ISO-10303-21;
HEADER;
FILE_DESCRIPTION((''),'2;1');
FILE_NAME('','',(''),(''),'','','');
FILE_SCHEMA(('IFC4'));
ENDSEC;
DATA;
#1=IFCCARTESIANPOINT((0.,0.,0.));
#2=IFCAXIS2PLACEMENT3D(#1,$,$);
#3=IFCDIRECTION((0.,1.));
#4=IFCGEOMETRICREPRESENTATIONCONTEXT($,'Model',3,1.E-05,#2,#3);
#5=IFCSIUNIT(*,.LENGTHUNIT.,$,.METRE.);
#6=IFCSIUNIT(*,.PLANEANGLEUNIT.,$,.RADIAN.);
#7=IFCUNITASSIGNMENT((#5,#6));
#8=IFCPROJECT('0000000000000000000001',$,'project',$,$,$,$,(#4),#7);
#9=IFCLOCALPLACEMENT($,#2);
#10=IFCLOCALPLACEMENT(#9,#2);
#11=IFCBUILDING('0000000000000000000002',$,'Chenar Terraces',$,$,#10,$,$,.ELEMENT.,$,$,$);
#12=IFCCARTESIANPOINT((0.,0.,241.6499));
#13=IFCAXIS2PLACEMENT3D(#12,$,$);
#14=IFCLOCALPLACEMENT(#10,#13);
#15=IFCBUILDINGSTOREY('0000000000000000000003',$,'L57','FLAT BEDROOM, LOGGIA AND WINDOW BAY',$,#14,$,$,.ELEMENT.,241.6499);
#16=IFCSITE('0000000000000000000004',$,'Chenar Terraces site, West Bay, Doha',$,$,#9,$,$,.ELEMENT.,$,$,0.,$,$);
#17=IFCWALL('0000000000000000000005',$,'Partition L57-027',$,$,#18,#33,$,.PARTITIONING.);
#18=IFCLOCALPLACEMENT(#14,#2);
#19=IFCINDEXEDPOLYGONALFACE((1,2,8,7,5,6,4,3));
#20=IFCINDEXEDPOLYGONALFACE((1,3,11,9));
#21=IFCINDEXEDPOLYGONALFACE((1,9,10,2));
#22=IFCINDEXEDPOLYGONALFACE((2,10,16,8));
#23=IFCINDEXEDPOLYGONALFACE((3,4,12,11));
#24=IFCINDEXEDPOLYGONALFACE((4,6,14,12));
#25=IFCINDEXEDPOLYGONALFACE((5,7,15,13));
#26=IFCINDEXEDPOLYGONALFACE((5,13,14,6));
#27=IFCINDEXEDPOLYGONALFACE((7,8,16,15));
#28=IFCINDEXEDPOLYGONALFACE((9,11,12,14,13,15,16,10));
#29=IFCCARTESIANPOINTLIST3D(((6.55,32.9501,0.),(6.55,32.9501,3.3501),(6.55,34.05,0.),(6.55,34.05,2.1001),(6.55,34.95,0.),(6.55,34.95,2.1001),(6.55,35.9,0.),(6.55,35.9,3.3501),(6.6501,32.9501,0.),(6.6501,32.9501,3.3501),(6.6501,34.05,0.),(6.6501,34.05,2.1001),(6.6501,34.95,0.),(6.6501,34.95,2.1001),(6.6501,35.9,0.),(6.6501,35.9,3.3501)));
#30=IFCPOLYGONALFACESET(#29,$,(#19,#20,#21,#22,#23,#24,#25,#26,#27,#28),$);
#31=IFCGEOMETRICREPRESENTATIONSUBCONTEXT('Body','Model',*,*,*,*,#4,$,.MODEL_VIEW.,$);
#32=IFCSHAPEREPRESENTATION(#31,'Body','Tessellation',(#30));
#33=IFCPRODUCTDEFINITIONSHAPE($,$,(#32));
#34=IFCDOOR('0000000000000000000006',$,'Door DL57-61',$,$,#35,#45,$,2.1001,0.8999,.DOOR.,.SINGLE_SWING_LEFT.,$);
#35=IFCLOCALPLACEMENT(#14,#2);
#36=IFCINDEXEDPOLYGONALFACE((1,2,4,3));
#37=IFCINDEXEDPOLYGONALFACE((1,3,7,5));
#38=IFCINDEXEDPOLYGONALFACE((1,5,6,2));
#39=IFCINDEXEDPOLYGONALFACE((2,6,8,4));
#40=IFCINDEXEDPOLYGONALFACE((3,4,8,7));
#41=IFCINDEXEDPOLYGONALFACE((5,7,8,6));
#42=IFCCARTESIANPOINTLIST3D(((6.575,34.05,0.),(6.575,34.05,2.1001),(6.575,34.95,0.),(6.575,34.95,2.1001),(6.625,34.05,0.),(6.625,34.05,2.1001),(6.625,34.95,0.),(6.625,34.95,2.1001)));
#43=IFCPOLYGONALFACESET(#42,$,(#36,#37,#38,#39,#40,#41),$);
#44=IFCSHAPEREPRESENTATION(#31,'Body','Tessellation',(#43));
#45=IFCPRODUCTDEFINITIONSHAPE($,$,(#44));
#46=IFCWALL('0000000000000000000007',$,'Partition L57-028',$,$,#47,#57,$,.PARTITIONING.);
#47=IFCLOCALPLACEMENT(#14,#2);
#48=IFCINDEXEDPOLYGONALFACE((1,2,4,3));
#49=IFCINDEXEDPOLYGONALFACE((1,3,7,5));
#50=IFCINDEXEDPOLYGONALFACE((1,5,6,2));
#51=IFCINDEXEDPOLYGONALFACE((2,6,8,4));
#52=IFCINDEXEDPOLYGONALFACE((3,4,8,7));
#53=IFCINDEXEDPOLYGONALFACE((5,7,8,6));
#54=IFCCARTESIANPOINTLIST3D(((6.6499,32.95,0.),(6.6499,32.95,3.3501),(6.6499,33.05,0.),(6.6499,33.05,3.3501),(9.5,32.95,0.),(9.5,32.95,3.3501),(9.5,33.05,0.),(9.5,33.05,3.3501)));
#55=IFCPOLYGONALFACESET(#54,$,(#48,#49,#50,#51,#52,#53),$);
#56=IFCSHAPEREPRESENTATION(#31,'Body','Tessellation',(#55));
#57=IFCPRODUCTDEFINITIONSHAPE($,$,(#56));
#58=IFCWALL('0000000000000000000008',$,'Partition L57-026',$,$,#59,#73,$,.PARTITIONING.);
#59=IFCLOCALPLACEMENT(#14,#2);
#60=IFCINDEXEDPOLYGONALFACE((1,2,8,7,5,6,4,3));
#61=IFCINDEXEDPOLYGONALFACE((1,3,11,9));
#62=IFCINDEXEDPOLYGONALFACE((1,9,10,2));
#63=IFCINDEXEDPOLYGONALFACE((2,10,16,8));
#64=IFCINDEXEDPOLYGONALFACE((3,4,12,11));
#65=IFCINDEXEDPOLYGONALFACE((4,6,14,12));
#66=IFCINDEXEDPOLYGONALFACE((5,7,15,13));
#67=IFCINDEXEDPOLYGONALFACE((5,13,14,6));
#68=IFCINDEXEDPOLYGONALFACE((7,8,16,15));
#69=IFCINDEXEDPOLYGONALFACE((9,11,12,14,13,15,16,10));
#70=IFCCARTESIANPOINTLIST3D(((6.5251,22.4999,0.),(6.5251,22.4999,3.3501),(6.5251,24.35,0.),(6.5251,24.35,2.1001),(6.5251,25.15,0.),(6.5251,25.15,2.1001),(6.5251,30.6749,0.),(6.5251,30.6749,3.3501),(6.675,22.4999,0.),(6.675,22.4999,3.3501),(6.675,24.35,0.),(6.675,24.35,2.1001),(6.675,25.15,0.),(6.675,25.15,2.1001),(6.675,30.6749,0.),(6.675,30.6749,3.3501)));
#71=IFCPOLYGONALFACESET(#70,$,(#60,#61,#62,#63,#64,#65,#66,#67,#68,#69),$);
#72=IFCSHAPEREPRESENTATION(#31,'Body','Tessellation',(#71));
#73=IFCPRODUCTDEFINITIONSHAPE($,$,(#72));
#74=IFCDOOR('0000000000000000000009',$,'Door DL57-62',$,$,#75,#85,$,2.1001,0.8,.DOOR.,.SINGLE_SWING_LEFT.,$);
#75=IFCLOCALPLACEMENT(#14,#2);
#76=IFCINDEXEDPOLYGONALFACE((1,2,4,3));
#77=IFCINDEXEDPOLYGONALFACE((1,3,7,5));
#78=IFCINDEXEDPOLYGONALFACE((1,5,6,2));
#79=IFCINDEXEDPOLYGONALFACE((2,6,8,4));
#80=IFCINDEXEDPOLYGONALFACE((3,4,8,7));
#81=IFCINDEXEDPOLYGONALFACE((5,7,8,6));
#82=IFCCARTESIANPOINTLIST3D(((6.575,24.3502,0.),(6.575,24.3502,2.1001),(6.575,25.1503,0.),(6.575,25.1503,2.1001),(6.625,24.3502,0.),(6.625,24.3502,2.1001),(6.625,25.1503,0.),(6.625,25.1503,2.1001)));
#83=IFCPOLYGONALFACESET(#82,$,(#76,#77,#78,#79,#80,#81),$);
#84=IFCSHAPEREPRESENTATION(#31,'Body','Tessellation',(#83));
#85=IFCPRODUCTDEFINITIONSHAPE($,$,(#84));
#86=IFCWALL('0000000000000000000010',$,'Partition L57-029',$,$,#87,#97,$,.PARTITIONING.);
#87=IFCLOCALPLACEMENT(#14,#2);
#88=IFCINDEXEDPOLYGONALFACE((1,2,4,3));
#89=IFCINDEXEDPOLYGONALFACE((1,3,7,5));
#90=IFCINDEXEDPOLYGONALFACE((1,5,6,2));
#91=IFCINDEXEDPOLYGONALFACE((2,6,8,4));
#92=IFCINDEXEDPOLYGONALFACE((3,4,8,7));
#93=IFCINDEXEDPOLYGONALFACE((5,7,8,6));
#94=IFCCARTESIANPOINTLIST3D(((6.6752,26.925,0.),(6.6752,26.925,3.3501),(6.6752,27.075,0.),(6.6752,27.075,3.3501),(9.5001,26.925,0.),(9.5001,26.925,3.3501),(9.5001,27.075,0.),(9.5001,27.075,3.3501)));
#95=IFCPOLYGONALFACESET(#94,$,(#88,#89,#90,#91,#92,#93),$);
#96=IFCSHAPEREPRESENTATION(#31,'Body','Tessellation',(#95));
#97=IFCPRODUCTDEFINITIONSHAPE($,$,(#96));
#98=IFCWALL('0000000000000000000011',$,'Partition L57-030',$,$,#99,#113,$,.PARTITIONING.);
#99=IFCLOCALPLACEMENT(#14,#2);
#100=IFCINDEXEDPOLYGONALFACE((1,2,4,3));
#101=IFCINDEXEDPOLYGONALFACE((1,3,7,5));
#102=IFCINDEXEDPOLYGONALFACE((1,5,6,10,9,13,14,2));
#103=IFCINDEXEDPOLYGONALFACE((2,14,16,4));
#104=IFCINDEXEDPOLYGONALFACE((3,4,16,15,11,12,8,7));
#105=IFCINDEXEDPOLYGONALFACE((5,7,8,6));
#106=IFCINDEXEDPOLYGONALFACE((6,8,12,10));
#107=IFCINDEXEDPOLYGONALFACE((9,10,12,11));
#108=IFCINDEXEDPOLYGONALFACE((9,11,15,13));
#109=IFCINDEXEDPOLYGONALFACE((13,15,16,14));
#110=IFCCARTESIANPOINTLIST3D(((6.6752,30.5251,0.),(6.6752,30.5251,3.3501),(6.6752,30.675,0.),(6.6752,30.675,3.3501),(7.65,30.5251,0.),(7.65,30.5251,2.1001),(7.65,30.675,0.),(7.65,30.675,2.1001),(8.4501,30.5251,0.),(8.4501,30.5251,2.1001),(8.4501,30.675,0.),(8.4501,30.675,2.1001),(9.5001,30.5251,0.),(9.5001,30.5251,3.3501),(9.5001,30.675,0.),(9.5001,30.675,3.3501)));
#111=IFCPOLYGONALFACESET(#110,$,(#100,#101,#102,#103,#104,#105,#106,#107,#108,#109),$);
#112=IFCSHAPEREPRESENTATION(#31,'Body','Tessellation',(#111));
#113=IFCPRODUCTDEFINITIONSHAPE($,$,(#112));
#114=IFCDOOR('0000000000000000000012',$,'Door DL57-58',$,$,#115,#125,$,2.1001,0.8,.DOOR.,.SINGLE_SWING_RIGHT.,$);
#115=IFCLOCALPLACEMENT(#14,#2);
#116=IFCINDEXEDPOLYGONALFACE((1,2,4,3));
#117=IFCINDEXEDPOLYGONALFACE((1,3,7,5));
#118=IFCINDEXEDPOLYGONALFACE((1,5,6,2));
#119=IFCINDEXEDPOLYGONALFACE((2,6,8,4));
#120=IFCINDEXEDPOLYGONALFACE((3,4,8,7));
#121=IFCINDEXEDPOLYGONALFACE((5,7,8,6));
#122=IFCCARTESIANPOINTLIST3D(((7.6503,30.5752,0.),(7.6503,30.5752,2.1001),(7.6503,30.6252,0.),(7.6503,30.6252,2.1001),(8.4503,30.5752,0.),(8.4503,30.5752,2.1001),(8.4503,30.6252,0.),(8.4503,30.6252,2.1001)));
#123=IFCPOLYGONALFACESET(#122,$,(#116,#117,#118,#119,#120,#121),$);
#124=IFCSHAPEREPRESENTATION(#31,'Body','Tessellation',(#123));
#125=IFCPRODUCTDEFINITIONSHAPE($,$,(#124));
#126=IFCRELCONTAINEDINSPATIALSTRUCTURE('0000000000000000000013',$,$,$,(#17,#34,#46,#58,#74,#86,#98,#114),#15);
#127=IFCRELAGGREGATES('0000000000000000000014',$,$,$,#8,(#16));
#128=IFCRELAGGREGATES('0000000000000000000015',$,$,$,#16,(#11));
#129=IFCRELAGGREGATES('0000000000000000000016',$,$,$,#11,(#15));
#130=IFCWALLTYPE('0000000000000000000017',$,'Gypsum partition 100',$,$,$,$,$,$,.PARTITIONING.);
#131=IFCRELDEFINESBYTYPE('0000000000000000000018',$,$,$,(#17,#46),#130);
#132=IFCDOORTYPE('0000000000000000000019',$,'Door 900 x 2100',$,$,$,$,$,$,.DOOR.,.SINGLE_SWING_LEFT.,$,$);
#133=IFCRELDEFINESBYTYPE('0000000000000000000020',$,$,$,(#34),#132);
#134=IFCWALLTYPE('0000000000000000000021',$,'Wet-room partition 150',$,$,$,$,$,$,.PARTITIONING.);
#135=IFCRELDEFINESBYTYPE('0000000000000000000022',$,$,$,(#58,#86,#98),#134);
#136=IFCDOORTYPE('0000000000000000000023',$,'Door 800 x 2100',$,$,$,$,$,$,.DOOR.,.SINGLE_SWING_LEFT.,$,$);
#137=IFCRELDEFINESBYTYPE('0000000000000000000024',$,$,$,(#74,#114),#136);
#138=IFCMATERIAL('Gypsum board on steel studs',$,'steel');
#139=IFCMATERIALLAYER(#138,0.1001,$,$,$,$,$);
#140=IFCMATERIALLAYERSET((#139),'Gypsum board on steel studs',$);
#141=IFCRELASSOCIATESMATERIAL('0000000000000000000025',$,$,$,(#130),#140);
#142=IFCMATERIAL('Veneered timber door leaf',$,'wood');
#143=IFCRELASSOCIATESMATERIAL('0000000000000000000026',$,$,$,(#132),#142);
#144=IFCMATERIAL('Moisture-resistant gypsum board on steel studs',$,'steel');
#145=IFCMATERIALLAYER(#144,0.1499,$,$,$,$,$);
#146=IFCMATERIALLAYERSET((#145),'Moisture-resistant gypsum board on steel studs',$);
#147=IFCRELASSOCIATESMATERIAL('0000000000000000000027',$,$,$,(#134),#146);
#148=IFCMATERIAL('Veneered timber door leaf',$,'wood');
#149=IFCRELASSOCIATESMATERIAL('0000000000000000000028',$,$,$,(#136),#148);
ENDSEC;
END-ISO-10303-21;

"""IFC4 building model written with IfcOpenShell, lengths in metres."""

from ifc_helpers import new_model, si_unit, direction, frame, frame_2d, origin, place, context, subcontext, project, spatial, rectangle, extrude, material, layer, layer_set, type_object, element, fill, save


model = new_model("IFC4")

# Units and contexts
model_context = context("Model", 3, precision=1e-05, world=origin(), true_north=direction((0.0, 1.0)))
body_context = subcontext(model_context, "Body", "Model", "MODEL_VIEW")
ifc_project = project(units=[si_unit("LENGTHUNIT", "METRE"), si_unit("PLANEANGLEUNIT", "RADIAN")], contexts=[model_context])

# Site, building, storey
site_placement = place(None, origin())
site = spatial("IfcSite", under=ifc_project, at=site_placement, Name="Chenar Terraces site, West Bay, Doha", CompositionType="ELEMENT", RefElevation=0.0)
building_placement = place(site_placement, origin())
building = spatial("IfcBuilding", under=site, at=building_placement, Name="Chenar Terraces", CompositionType="ELEMENT")
storey_placement = place(building_placement, frame((0.0, 0.0, 241.6499)))
storey = spatial("IfcBuildingStorey", under=building, at=storey_placement, Name="L57", Description="FLAT BEDROOM, LOGGIA AND WINDOW BAY", CompositionType="ELEMENT", Elevation=241.6499)

# Shared definitions
ifc_material_1 = material(Name="Gypsum board on steel studs", Category="steel")
ifc_layer_1 = layer(ifc_material_1, 0.1001)
ifc_layer_set_1 = layer_set([ifc_layer_1], Name="Gypsum board on steel studs")
wall_type_1 = type_object("IfcWallType", Name="Gypsum partition 100", PredefinedType="PARTITIONING", material=ifc_layer_set_1)
ifc_material_2 = material(Name="Veneered timber door leaf", Category="wood")
door_type_1 = type_object("IfcDoorType", Name="Door 900 x 2100", OperationType="SINGLE_SWING_LEFT", PredefinedType="DOOR", material=ifc_material_2)

# Wall, opening, door
wall_1_placement = place(storey_placement, frame((6.6001, 32.95, 0.0), z_axis=(0.0, 0.0, 1.0), x_axis=(0.0, 1.0, 0.0)))
wall_1 = element("IfcWall", 1, at=wall_1_placement, inside=storey, type_object=wall_type_1, Name="Partition L57-027", PredefinedType="PARTITIONING", context=body_context, shape_type="SweptSolid", body=[
    extrude(rectangle(XDim=2.95, YDim=0.1001, at=frame_2d((1.4751, 0.0))), origin(), (0.0, 0.0, 1.0), 3.3501),
])
opening_1_placement = place(wall_1_placement, frame((1.1001, 0.0, 0.0)))
opening_1 = element("IfcOpeningElement", 2, at=opening_1_placement, cuts=wall_1, PredefinedType="OPENING", context=body_context, shape_type="SweptSolid", body=[
    extrude(rectangle(XDim=0.8999, YDim=2.1001, at=frame_2d((0.45, 1.05))), frame((0.0, 0.0601, 0.0), z_axis=(0.0, -1.0, 0.0), x_axis=(1.0, 0.0, 0.0)), (0.0, 0.0, 1.0), 0.1201),
])
door_1_placement = place(opening_1_placement, frame((0.8999, 0.0, 0.0), z_axis=(0.0, 0.0, 1.0), x_axis=(-1.0, 0.0, 0.0)))
door_1 = element("IfcDoor", 3, at=door_1_placement, inside=storey, type_object=door_type_1, Name="Door DL57-61", OperationType="SINGLE_SWING_LEFT", OverallHeight=2.1001, OverallWidth=0.8999, PredefinedType="DOOR", context=body_context, shape_type="SweptSolid", body=[
    extrude(rectangle(XDim=0.8999, YDim=2.1001, at=frame_2d((0.45, 1.05))), frame((0.0, 0.0249, 0.0), z_axis=(0.0, -1.0, 0.0), x_axis=(1.0, 0.0, 0.0)), (0.0, 0.0, 1.0), 0.05),
])
fill(opening_1, door_1)

# Wall
wall_2_placement = place(storey_placement, frame((6.6499, 33.0, 0.0), z_axis=(0.0, 0.0, 1.0), x_axis=(1.0, 0.0, 0.0)))
element("IfcWall", 4, at=wall_2_placement, inside=storey, type_object=wall_type_1, Name="Partition L57-028", PredefinedType="PARTITIONING", context=body_context, shape_type="SweptSolid", body=[
    extrude(rectangle(XDim=2.8501, YDim=0.1001, at=frame_2d((1.425, 0.0))), origin(), (0.0, 0.0, 1.0), 3.3501),
])

# Wall, opening, door
ifc_material_3 = material(Name="Moisture-resistant gypsum board on steel studs", Category="steel")
ifc_layer_2 = layer(ifc_material_3, 0.1499)
ifc_layer_set_2 = layer_set([ifc_layer_2], Name="Moisture-resistant gypsum board on steel studs")
wall_type_2 = type_object("IfcWallType", Name="Wet-room partition 150", PredefinedType="PARTITIONING", material=ifc_layer_set_2)
wall_3_placement = place(storey_placement, frame((6.6001, 22.5, 0.0), z_axis=(0.0, 0.0, 1.0), x_axis=(0.0, 1.0, 0.0)))
wall_3 = element("IfcWall", 5, at=wall_3_placement, inside=storey, type_object=wall_type_2, Name="Partition L57-026", PredefinedType="PARTITIONING", context=body_context, shape_type="SweptSolid", body=[
    extrude(rectangle(XDim=8.175, YDim=0.1499, at=frame_2d((4.0874, 0.0))), origin(), (0.0, 0.0, 1.0), 3.3501),
])
opening_2_placement = place(wall_3_placement, frame((1.8501, 0.0, 0.0)))
opening_2 = element("IfcOpeningElement", 6, at=opening_2_placement, cuts=wall_3, PredefinedType="OPENING", context=body_context, shape_type="SweptSolid", body=[
    extrude(rectangle(XDim=0.8, YDim=2.1001, at=frame_2d((0.3999, 1.05))), frame((0.0, 0.085, 0.0), z_axis=(0.0, -1.0, 0.0), x_axis=(1.0, 0.0, 0.0)), (0.0, 0.0, 1.0), 0.1699),
])
ifc_material_4 = material(Name="Veneered timber door leaf", Category="wood")
door_type_2 = type_object("IfcDoorType", Name="Door 800 x 2100", OperationType="SINGLE_SWING_LEFT", PredefinedType="DOOR", material=ifc_material_4)
door_2_placement = place(opening_2_placement, frame((0.8, 0.0, 0.0), z_axis=(0.0, 0.0, 1.0), x_axis=(-1.0, 0.0, 0.0)))
door_2 = element("IfcDoor", 7, at=door_2_placement, inside=storey, type_object=door_type_2, Name="Door DL57-62", OperationType="SINGLE_SWING_LEFT", OverallHeight=2.1001, OverallWidth=0.8, PredefinedType="DOOR", context=body_context, shape_type="SweptSolid", body=[
    extrude(rectangle(XDim=0.8, YDim=2.1001, at=frame_2d((0.3999, 1.05))), frame((0.0, 0.0249, 0.0), z_axis=(0.0, -1.0, 0.0), x_axis=(1.0, 0.0, 0.0)), (0.0, 0.0, 1.0), 0.05),
])
fill(opening_2, door_2)

# Wall
wall_4_placement = place(storey_placement, frame((6.675, 27.0, 0.0), z_axis=(0.0, 0.0, 1.0), x_axis=(1.0, 0.0, 0.0)))
element("IfcWall", 8, at=wall_4_placement, inside=storey, type_object=wall_type_2, Name="Partition L57-029", PredefinedType="PARTITIONING", context=body_context, shape_type="SweptSolid", body=[
    extrude(rectangle(XDim=2.825, YDim=0.1499, at=frame_2d((1.4126, 0.0))), origin(), (0.0, 0.0, 1.0), 3.3501),
])

# Wall, opening, door
wall_5_placement = place(storey_placement, frame((6.675, 30.6001, 0.0), z_axis=(0.0, 0.0, 1.0), x_axis=(1.0, 0.0, 0.0)))
wall_5 = element("IfcWall", 9, at=wall_5_placement, inside=storey, type_object=wall_type_2, Name="Partition L57-030", PredefinedType="PARTITIONING", context=body_context, shape_type="SweptSolid", body=[
    extrude(rectangle(XDim=2.825, YDim=0.1499, at=frame_2d((1.4126, 0.0))), origin(), (0.0, 0.0, 1.0), 3.3501),
])
opening_3_placement = place(wall_5_placement, frame((0.9751, 0.0, 0.0)))
opening_3 = element("IfcOpeningElement", 10, at=opening_3_placement, cuts=wall_5, PredefinedType="OPENING", context=body_context, shape_type="SweptSolid", body=[
    extrude(rectangle(XDim=0.8, YDim=2.1001, at=frame_2d((0.3999, 1.05))), frame((0.0, 0.085, 0.0), z_axis=(0.0, -1.0, 0.0), x_axis=(1.0, 0.0, 0.0)), (0.0, 0.0, 1.0), 0.1699),
])
door_3_placement = place(opening_3_placement, frame((0.8, 0.0, 0.0), z_axis=(0.0, 0.0, 1.0), x_axis=(-1.0, 0.0, 0.0)))
door_3 = element("IfcDoor", 11, at=door_3_placement, inside=storey, type_object=door_type_2, Name="Door DL57-58", OperationType="SINGLE_SWING_RIGHT", OverallHeight=2.1001, OverallWidth=0.8, PredefinedType="DOOR", context=body_context, shape_type="SweptSolid", body=[
    extrude(rectangle(XDim=0.8, YDim=2.1001, at=frame_2d((0.3999, 1.05))), frame((0.0, 0.0249, 0.0), z_axis=(0.0, -1.0, 0.0), x_axis=(1.0, 0.0, 0.0)), (0.0, 0.0, 1.0), 0.05),
])
fill(opening_3, door_3)

save(model, "model.ifc")
